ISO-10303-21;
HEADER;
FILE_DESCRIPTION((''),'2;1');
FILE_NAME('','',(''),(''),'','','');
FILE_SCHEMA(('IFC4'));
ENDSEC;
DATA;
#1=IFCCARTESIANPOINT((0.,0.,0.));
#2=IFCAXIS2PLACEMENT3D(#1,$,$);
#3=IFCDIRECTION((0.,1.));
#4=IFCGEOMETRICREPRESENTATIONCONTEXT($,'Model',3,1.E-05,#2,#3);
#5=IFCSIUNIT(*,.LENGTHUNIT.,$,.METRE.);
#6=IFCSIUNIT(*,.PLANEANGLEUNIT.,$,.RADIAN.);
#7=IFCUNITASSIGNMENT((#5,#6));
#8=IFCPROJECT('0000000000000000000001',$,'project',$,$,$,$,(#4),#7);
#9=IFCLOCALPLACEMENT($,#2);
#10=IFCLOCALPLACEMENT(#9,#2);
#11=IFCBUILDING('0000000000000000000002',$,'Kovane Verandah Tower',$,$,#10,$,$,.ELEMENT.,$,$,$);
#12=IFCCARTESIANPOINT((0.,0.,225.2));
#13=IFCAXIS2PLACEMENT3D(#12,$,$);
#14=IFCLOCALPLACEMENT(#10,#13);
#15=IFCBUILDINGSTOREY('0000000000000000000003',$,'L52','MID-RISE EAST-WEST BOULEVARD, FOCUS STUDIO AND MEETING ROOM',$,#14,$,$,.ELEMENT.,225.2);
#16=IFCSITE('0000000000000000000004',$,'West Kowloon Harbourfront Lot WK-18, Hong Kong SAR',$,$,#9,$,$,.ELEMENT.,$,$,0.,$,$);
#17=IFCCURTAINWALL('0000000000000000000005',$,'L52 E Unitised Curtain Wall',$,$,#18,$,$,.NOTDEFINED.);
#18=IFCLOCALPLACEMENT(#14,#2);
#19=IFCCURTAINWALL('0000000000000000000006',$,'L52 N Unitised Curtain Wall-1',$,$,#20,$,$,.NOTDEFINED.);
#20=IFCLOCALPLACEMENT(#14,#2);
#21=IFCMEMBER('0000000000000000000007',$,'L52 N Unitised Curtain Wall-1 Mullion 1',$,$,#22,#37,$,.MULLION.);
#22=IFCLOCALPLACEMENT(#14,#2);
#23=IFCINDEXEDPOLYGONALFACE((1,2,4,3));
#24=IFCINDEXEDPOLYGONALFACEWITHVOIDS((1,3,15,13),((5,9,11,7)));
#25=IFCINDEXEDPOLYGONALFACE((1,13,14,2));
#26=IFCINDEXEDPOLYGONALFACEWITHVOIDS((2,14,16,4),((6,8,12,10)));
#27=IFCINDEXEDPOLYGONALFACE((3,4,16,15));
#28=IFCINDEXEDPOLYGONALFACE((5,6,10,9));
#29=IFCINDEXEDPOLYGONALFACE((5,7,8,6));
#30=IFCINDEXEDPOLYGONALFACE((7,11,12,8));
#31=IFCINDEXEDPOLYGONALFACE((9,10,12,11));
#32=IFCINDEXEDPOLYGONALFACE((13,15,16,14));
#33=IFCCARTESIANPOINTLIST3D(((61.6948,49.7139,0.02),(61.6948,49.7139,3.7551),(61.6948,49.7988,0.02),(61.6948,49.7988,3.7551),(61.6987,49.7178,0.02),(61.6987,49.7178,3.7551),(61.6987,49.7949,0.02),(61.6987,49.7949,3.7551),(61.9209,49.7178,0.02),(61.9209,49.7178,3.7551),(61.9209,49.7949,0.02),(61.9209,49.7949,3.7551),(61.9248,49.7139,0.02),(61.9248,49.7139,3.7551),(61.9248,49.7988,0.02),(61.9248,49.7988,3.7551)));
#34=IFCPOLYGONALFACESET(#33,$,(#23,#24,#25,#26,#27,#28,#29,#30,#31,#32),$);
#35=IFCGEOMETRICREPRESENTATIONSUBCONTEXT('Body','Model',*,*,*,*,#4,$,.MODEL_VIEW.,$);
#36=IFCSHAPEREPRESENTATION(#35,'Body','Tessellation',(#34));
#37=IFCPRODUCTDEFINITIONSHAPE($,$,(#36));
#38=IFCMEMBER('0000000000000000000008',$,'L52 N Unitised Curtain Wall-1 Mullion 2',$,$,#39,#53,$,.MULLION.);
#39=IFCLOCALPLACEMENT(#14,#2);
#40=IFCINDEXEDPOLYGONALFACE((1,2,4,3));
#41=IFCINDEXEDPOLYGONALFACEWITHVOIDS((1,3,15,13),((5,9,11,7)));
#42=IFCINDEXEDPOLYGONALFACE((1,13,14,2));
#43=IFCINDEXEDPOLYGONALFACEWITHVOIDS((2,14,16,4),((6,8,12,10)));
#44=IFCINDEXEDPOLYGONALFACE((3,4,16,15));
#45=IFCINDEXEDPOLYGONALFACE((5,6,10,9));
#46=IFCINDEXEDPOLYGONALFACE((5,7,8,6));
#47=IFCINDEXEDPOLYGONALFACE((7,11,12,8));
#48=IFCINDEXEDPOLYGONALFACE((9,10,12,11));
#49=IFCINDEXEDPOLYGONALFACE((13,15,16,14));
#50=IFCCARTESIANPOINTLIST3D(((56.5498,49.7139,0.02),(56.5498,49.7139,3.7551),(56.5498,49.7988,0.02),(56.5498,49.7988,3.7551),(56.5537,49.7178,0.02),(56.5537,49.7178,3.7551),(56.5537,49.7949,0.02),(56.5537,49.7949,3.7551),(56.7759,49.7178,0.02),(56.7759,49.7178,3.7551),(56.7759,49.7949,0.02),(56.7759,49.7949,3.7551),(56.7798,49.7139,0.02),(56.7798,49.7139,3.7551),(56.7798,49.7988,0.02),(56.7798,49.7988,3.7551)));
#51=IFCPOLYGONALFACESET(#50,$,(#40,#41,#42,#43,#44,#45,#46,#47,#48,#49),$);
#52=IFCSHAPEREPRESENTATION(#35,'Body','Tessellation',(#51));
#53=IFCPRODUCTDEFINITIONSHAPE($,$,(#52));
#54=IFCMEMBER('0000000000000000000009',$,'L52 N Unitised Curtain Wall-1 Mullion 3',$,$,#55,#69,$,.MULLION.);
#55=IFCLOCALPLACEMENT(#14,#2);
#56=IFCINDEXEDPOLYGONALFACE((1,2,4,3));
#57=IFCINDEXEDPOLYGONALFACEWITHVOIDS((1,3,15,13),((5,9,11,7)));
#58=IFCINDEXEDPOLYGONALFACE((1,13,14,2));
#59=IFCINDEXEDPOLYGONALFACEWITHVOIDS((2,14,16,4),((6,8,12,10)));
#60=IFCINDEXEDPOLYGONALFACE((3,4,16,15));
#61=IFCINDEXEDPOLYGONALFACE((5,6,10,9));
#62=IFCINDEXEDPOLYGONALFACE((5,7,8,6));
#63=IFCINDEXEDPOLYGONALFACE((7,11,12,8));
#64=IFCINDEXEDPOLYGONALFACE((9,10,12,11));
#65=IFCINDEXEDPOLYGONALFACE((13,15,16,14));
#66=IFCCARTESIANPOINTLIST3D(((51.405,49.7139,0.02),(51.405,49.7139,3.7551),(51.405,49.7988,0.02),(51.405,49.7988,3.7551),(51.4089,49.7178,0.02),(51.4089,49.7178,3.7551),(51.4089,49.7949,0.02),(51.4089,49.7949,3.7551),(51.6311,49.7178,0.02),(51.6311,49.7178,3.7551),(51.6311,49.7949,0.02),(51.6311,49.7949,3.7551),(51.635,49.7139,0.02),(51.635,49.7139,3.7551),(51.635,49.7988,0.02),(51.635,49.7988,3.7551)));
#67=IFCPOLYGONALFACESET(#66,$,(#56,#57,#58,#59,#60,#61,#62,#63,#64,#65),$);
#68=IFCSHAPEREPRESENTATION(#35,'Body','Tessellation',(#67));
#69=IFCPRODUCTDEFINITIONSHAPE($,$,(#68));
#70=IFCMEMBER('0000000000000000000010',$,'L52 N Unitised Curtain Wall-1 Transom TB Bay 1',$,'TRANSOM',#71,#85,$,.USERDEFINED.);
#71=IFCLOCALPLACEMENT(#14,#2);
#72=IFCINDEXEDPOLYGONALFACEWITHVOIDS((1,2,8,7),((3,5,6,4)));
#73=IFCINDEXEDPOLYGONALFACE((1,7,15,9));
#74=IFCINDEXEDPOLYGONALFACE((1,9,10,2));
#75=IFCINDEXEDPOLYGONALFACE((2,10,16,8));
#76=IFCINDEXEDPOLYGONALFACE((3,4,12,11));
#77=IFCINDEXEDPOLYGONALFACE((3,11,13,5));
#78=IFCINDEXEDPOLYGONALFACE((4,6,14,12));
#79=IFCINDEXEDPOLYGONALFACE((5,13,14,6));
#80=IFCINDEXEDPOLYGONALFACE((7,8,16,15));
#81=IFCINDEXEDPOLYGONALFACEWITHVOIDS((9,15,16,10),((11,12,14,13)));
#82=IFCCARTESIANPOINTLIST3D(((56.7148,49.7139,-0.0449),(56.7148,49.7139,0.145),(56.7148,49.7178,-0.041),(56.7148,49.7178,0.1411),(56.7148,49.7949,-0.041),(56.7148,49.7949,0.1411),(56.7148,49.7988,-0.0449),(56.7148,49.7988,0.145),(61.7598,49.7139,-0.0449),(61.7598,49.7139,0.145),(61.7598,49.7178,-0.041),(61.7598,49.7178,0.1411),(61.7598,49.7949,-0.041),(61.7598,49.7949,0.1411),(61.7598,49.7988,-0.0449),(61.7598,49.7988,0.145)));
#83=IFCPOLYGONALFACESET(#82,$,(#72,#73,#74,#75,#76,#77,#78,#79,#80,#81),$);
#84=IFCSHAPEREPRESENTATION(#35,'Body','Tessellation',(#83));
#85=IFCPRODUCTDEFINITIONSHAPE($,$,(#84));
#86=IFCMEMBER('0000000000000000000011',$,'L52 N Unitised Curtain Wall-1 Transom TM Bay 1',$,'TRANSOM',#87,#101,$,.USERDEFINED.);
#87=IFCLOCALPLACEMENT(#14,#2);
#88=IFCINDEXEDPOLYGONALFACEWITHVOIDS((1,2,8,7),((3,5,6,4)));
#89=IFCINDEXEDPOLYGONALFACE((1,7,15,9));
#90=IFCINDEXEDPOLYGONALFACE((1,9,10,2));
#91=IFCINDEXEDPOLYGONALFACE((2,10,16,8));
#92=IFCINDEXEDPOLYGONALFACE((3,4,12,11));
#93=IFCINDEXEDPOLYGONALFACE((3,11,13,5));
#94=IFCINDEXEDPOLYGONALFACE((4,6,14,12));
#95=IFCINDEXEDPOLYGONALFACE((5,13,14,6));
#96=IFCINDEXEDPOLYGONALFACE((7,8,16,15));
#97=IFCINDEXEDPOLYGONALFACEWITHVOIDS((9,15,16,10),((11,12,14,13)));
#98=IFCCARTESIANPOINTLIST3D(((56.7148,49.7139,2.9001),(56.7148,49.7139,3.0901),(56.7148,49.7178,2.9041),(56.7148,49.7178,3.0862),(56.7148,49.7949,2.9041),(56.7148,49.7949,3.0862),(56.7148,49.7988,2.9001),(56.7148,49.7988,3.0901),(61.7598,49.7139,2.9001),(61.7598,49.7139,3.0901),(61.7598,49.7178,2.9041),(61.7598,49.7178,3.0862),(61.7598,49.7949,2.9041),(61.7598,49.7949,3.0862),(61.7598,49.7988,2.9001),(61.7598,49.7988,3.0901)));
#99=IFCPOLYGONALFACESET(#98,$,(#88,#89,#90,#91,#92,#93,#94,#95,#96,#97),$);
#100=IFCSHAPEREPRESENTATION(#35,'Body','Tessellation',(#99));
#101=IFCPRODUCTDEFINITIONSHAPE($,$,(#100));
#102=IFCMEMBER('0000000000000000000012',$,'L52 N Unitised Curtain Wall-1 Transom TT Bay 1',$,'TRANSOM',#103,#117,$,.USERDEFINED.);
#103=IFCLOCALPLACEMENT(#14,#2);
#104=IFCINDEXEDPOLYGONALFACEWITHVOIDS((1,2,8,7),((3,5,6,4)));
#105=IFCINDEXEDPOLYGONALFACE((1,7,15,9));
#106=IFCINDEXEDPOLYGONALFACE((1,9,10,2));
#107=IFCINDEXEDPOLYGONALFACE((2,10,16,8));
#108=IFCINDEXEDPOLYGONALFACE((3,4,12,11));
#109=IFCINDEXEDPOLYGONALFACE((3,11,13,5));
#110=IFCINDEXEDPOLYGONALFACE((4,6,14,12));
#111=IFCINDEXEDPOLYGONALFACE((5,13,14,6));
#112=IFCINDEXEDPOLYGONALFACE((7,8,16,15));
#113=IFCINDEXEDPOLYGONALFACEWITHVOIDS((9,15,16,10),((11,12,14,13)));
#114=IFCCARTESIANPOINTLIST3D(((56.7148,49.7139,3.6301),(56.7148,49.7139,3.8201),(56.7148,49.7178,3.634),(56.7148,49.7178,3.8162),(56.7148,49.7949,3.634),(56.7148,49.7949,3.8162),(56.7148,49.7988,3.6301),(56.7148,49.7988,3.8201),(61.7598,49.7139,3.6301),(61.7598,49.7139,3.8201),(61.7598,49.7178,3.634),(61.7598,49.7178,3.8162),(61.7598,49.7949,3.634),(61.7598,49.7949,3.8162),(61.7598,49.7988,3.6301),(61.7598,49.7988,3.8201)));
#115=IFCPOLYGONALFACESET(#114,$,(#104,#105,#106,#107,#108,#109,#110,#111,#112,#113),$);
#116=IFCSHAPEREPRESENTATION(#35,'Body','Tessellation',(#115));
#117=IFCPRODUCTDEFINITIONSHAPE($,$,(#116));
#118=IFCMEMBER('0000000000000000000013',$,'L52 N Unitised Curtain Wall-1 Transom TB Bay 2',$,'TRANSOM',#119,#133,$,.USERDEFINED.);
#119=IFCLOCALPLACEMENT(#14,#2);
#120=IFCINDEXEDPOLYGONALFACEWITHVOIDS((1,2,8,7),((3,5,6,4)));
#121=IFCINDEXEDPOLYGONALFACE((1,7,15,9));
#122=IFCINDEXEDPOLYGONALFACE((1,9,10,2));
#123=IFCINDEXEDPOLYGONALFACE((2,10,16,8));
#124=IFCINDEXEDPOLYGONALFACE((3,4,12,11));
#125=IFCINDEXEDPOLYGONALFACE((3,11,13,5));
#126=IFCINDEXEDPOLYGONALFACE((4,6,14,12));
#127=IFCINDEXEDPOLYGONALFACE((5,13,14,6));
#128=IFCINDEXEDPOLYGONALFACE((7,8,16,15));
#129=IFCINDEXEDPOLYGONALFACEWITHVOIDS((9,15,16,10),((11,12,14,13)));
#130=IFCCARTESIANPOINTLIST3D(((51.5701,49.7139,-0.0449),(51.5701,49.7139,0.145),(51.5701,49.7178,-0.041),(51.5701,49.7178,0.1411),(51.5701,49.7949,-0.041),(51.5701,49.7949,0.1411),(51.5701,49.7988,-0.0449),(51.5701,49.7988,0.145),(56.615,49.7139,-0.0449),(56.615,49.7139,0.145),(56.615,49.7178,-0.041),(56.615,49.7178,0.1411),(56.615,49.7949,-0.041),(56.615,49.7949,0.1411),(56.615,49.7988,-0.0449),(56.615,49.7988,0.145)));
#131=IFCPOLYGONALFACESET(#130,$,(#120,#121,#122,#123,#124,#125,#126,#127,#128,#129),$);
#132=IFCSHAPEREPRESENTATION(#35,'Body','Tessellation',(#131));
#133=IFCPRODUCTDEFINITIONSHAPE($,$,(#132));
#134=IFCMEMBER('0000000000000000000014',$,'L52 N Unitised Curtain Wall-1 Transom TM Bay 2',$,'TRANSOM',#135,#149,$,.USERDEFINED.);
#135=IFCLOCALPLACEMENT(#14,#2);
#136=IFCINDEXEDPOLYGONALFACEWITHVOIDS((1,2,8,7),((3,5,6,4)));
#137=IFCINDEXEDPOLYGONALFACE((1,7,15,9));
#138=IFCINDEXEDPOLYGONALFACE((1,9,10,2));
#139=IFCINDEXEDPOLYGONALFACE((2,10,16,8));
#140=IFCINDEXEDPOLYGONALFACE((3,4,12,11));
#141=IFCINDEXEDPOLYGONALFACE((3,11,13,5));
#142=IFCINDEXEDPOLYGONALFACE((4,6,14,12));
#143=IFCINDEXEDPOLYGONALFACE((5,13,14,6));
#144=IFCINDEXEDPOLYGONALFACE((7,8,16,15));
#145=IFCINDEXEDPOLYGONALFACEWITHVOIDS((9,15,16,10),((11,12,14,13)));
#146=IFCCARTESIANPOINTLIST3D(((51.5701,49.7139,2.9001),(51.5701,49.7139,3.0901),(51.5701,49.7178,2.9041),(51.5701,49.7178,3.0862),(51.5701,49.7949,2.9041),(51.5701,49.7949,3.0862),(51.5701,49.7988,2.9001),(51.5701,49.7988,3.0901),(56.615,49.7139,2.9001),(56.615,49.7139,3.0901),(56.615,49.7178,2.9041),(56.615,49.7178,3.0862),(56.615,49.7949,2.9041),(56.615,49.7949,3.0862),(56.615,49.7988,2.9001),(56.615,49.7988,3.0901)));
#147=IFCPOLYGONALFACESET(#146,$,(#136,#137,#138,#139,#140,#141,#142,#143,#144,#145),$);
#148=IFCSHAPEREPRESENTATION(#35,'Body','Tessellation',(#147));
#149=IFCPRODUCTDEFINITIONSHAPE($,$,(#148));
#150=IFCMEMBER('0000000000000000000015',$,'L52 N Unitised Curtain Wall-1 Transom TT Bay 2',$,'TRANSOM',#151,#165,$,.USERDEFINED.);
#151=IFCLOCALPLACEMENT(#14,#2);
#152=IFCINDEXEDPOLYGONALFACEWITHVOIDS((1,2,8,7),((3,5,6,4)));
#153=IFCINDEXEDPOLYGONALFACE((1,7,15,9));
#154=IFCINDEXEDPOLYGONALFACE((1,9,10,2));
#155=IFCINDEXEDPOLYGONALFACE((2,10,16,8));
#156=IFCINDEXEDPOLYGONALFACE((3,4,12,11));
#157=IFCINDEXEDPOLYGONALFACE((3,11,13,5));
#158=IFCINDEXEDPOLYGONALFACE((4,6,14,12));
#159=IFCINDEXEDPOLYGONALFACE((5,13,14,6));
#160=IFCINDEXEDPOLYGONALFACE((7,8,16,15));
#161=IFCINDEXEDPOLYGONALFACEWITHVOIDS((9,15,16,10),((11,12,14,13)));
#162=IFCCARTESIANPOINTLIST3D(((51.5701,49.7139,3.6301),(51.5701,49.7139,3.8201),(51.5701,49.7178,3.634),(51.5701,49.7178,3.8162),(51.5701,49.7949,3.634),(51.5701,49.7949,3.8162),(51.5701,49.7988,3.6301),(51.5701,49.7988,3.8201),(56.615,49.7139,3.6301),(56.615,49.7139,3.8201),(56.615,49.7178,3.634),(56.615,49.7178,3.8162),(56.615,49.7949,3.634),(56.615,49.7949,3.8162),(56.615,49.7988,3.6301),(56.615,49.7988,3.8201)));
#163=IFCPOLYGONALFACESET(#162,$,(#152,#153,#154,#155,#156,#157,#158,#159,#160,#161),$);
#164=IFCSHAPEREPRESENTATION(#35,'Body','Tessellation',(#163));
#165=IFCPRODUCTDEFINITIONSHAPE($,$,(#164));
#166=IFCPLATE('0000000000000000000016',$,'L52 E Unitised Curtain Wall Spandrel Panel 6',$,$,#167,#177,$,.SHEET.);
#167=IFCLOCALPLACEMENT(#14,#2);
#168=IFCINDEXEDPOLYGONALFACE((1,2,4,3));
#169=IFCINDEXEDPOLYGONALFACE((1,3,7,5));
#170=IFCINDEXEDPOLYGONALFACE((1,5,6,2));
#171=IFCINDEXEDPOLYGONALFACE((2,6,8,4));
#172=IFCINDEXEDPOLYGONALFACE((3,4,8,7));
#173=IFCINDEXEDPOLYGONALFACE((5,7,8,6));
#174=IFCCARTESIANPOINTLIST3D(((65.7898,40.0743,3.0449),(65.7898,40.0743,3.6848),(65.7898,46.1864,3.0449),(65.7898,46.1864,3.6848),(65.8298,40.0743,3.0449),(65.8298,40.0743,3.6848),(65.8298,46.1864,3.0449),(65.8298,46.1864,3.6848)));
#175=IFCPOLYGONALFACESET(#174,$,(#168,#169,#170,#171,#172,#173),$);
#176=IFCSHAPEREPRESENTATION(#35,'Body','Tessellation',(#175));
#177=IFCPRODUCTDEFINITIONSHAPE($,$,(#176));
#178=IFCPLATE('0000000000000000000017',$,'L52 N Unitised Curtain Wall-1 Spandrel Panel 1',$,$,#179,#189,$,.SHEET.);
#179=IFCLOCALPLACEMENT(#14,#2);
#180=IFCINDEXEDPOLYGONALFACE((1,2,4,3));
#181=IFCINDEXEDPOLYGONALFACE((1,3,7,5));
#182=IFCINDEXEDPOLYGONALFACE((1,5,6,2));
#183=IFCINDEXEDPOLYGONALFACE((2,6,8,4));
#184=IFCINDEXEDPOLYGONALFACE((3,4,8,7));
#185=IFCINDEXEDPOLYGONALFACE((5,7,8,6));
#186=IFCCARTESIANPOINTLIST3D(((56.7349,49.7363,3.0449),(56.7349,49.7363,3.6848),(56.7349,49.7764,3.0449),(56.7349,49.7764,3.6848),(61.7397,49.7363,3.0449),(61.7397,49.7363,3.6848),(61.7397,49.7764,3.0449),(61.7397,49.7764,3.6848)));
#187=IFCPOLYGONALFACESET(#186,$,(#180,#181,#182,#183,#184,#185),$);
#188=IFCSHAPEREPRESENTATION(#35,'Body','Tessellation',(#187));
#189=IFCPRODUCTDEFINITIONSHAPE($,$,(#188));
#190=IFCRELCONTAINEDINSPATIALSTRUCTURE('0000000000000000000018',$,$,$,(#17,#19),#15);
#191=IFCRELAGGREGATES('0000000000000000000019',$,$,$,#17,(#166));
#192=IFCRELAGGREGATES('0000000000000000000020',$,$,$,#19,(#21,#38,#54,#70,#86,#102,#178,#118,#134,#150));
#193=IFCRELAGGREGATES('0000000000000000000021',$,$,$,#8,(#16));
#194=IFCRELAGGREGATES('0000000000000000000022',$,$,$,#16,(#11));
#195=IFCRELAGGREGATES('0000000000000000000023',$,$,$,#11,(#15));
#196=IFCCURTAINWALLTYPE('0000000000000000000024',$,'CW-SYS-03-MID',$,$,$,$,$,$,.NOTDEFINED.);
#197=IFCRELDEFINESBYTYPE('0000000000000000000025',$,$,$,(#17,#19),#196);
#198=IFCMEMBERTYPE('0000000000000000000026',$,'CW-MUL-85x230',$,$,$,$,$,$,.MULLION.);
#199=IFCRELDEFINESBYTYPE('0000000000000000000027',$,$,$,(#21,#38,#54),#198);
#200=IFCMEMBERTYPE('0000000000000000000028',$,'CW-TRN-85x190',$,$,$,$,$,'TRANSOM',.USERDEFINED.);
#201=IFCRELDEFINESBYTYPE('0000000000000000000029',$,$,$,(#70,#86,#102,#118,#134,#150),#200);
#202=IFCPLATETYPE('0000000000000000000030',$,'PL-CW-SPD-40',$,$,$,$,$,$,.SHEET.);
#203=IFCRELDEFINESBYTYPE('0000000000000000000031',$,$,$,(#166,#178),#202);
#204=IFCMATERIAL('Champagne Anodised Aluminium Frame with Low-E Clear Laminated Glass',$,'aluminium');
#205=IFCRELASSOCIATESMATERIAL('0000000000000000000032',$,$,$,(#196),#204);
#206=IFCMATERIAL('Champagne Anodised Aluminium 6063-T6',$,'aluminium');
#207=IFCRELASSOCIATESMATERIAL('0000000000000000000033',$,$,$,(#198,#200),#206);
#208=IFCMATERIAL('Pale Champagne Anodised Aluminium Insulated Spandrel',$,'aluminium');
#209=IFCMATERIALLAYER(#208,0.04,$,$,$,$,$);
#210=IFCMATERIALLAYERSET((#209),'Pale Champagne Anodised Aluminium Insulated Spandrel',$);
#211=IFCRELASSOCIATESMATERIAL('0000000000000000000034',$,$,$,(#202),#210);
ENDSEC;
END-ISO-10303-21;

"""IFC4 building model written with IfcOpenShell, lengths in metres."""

from ifc_helpers import new_model, si_unit, direction, frame, origin, origin_2d, place, context, subcontext, project, spatial, rectangle, hollow_rectangle, extrude, material, layer, layer_set, material_profile, profile_set, type_object, element, aggregate, save


model = new_model("IFC4")

# Units and contexts
model_context = context("Model", 3, precision=1e-05, world=origin(), true_north=direction((0.0, 1.0)))
body_context = subcontext(model_context, "Body", "Model", "MODEL_VIEW")
ifc_project = project(units=[si_unit("LENGTHUNIT", "METRE"), si_unit("PLANEANGLEUNIT", "RADIAN")], contexts=[model_context])

# Site, building, storey
site_placement = place(None, origin())
site = spatial("IfcSite", under=ifc_project, at=site_placement, Name="West Kowloon Harbourfront Lot WK-18, Hong Kong SAR", CompositionType="ELEMENT", RefElevation=0.0)
building_placement = place(site_placement, origin())
building = spatial("IfcBuilding", under=site, at=building_placement, Name="Kovane Verandah Tower", CompositionType="ELEMENT")
storey_placement = place(building_placement, frame((0.0, 0.0, 225.2)))
storey = spatial("IfcBuildingStorey", under=building, at=storey_placement, Name="L52", Description="MID-RISE EAST-WEST BOULEVARD, FOCUS STUDIO AND MEETING ROOM", CompositionType="ELEMENT", Elevation=225.2)

# Curtain wall
ifc_material_1 = material(Name="Champagne Anodised Aluminium Frame with Low-E Clear Laminated Glass", Category="aluminium")
curtain_wall_type = type_object("IfcCurtainWallType", Name="CW-SYS-03-MID", PredefinedType="NOTDEFINED", material=ifc_material_1)
curtain_wall_1_placement = place(storey_placement, origin())
curtain_wall_1 = element("IfcCurtainWall", 1, at=curtain_wall_1_placement, inside=storey, type_object=curtain_wall_type, Name="L52 E Unitised Curtain Wall", PredefinedType="NOTDEFINED")
ifc_material_2 = material(Name="Champagne Anodised Aluminium 6063-T6", Category="aluminium")
ifc_material_profile_1 = material_profile(ifc_material_2, hollow_rectangle(XDim=0.085, YDim=0.23, WallThickness=0.0039, at=origin_2d()), Name="AL85x230x4")
ifc_profile_set_1 = profile_set([ifc_material_profile_1], Name="Champagne Anodised Aluminium 6063-T6")
member_type_1 = type_object("IfcMemberType", Name="CW-MUL-85x230", PredefinedType="MULLION", material=ifc_profile_set_1)

# Curtain wall, members
curtain_wall_2_placement = place(storey_placement, origin())
curtain_wall_2 = element("IfcCurtainWall", 2, at=curtain_wall_2_placement, inside=storey, type_object=curtain_wall_type, Name="L52 N Unitised Curtain Wall-1", PredefinedType="NOTDEFINED")
member_1_placement = place(storey_placement, frame((61.8098, 49.7563, 0.02), z_axis=(0.0, 0.0, 1.0), x_axis=(0.0, 1.0, 0.0)))
member_1 = element("IfcMember", 3, at=member_1_placement, type_object=member_type_1, Name="L52 N Unitised Curtain Wall-1 Mullion 1", PredefinedType="MULLION", context=body_context, shape_type="SweptSolid", body=[
    extrude(hollow_rectangle(XDim=0.085, YDim=0.23, WallThickness=0.0039, at=origin_2d()), origin(), (0.0, 0.0, 1.0), 3.7351),
])
member_2_placement = place(storey_placement, frame((56.6648, 49.7563, 0.02), z_axis=(0.0, 0.0, 1.0), x_axis=(0.0, 1.0, 0.0)))
member_2 = element("IfcMember", 4, at=member_2_placement, type_object=member_type_1, Name="L52 N Unitised Curtain Wall-1 Mullion 2", PredefinedType="MULLION", context=body_context, shape_type="SweptSolid", body=[
    extrude(hollow_rectangle(XDim=0.085, YDim=0.23, WallThickness=0.0039, at=origin_2d()), origin(), (0.0, 0.0, 1.0), 3.7351),
])
member_3_placement = place(storey_placement, frame((51.52, 49.7563, 0.02), z_axis=(0.0, 0.0, 1.0), x_axis=(0.0, 1.0, 0.0)))
member_3 = element("IfcMember", 5, at=member_3_placement, type_object=member_type_1, Name="L52 N Unitised Curtain Wall-1 Mullion 3", PredefinedType="MULLION", context=body_context, shape_type="SweptSolid", body=[
    extrude(hollow_rectangle(XDim=0.085, YDim=0.23, WallThickness=0.0039, at=origin_2d()), origin(), (0.0, 0.0, 1.0), 3.7351),
])
ifc_material_profile_2 = material_profile(ifc_material_2, hollow_rectangle(XDim=0.085, YDim=0.1899, WallThickness=0.0039, at=origin_2d()), Name="AL85x190x4")
ifc_profile_set_2 = profile_set([ifc_material_profile_2], Name="Champagne Anodised Aluminium 6063-T6")
member_type_2 = type_object("IfcMemberType", Name="CW-TRN-85x190", ElementType="TRANSOM", PredefinedType="USERDEFINED", material=ifc_profile_set_2)
member_4_placement = place(storey_placement, frame((61.7598, 49.7563, 0.05), z_axis=(-1.0, 0.0, 0.0), x_axis=(0.0, -1.0, 0.0)))
member_4 = element("IfcMember", 6, at=member_4_placement, type_object=member_type_2, Name="L52 N Unitised Curtain Wall-1 Transom TB Bay 1", ObjectType="TRANSOM", PredefinedType="USERDEFINED", context=body_context, shape_type="SweptSolid", body=[
    extrude(hollow_rectangle(XDim=0.085, YDim=0.1899, WallThickness=0.0039, at=origin_2d()), origin(), (0.0, 0.0, 1.0), 5.0449),
])
member_5_placement = place(storey_placement, frame((61.7598, 49.7563, 2.9951), z_axis=(-1.0, 0.0, 0.0), x_axis=(0.0, -1.0, 0.0)))
member_5 = element("IfcMember", 7, at=member_5_placement, type_object=member_type_2, Name="L52 N Unitised Curtain Wall-1 Transom TM Bay 1", ObjectType="TRANSOM", PredefinedType="USERDEFINED", context=body_context, shape_type="SweptSolid", body=[
    extrude(hollow_rectangle(XDim=0.085, YDim=0.1899, WallThickness=0.0039, at=origin_2d()), origin(), (0.0, 0.0, 1.0), 5.0449),
])
member_6_placement = place(storey_placement, frame((61.7598, 49.7563, 3.7251), z_axis=(-1.0, 0.0, 0.0), x_axis=(0.0, -1.0, 0.0)))
member_6 = element("IfcMember", 8, at=member_6_placement, type_object=member_type_2, Name="L52 N Unitised Curtain Wall-1 Transom TT Bay 1", ObjectType="TRANSOM", PredefinedType="USERDEFINED", context=body_context, shape_type="SweptSolid", body=[
    extrude(hollow_rectangle(XDim=0.085, YDim=0.1899, WallThickness=0.0039, at=origin_2d()), origin(), (0.0, 0.0, 1.0), 5.0449),
])
member_7_placement = place(storey_placement, frame((56.615, 49.7563, 0.05), z_axis=(-1.0, 0.0, 0.0), x_axis=(0.0, -1.0, 0.0)))
member_7 = element("IfcMember", 9, at=member_7_placement, type_object=member_type_2, Name="L52 N Unitised Curtain Wall-1 Transom TB Bay 2", ObjectType="TRANSOM", PredefinedType="USERDEFINED", context=body_context, shape_type="SweptSolid", body=[
    extrude(hollow_rectangle(XDim=0.085, YDim=0.1899, WallThickness=0.0039, at=origin_2d()), origin(), (0.0, 0.0, 1.0), 5.0449),
])
member_8_placement = place(storey_placement, frame((56.615, 49.7563, 2.9951), z_axis=(-1.0, 0.0, 0.0), x_axis=(0.0, -1.0, 0.0)))
member_8 = element("IfcMember", 10, at=member_8_placement, type_object=member_type_2, Name="L52 N Unitised Curtain Wall-1 Transom TM Bay 2", ObjectType="TRANSOM", PredefinedType="USERDEFINED", context=body_context, shape_type="SweptSolid", body=[
    extrude(hollow_rectangle(XDim=0.085, YDim=0.1899, WallThickness=0.0039, at=origin_2d()), origin(), (0.0, 0.0, 1.0), 5.0449),
])
member_9_placement = place(storey_placement, frame((56.615, 49.7563, 3.7251), z_axis=(-1.0, 0.0, 0.0), x_axis=(0.0, -1.0, 0.0)))
member_9 = element("IfcMember", 11, at=member_9_placement, type_object=member_type_2, Name="L52 N Unitised Curtain Wall-1 Transom TT Bay 2", ObjectType="TRANSOM", PredefinedType="USERDEFINED", context=body_context, shape_type="SweptSolid", body=[
    extrude(hollow_rectangle(XDim=0.085, YDim=0.1899, WallThickness=0.0039, at=origin_2d()), origin(), (0.0, 0.0, 1.0), 5.0449),
])

# Plates
ifc_material_3 = material(Name="Pale Champagne Anodised Aluminium Insulated Spandrel", Category="aluminium")
ifc_layer_1 = layer(ifc_material_3, 0.04)
ifc_layer_set_1 = layer_set([ifc_layer_1], Name="Pale Champagne Anodised Aluminium Insulated Spandrel")
plate_type_1 = type_object("IfcPlateType", Name="PL-CW-SPD-40", PredefinedType="SHEET", material=ifc_layer_set_1)
plate_1_placement = place(storey_placement, frame((65.8098, 43.1304, 3.0449), z_axis=(0.0, 0.0, 1.0), x_axis=(0.0, 1.0, 0.0)))
plate_1 = element("IfcPlate", 12, at=plate_1_placement, type_object=plate_type_1, Name="L52 E Unitised Curtain Wall Spandrel Panel 6", PredefinedType="SHEET", context=body_context, shape_type="SweptSolid", body=[
    extrude(rectangle(XDim=6.1121, YDim=0.04, at=origin_2d()), origin(), (0.0, 0.0, 1.0), 0.6399),
])
aggregate(curtain_wall_1, [plate_1])
plate_2_placement = place(storey_placement, frame((59.2373, 49.7563, 3.0449), z_axis=(0.0, 0.0, 1.0), x_axis=(-1.0, 0.0, 0.0)))
plate_2 = element("IfcPlate", 13, at=plate_2_placement, type_object=plate_type_1, Name="L52 N Unitised Curtain Wall-1 Spandrel Panel 1", PredefinedType="SHEET", context=body_context, shape_type="SweptSolid", body=[
    extrude(rectangle(XDim=5.0049, YDim=0.04, at=origin_2d()), origin(), (0.0, 0.0, 1.0), 0.6399),
])
aggregate(curtain_wall_2, [member_1, member_2, member_3, member_4, member_5, member_6, plate_2, member_7, member_8, member_9])

save(model, "model.ifc")
